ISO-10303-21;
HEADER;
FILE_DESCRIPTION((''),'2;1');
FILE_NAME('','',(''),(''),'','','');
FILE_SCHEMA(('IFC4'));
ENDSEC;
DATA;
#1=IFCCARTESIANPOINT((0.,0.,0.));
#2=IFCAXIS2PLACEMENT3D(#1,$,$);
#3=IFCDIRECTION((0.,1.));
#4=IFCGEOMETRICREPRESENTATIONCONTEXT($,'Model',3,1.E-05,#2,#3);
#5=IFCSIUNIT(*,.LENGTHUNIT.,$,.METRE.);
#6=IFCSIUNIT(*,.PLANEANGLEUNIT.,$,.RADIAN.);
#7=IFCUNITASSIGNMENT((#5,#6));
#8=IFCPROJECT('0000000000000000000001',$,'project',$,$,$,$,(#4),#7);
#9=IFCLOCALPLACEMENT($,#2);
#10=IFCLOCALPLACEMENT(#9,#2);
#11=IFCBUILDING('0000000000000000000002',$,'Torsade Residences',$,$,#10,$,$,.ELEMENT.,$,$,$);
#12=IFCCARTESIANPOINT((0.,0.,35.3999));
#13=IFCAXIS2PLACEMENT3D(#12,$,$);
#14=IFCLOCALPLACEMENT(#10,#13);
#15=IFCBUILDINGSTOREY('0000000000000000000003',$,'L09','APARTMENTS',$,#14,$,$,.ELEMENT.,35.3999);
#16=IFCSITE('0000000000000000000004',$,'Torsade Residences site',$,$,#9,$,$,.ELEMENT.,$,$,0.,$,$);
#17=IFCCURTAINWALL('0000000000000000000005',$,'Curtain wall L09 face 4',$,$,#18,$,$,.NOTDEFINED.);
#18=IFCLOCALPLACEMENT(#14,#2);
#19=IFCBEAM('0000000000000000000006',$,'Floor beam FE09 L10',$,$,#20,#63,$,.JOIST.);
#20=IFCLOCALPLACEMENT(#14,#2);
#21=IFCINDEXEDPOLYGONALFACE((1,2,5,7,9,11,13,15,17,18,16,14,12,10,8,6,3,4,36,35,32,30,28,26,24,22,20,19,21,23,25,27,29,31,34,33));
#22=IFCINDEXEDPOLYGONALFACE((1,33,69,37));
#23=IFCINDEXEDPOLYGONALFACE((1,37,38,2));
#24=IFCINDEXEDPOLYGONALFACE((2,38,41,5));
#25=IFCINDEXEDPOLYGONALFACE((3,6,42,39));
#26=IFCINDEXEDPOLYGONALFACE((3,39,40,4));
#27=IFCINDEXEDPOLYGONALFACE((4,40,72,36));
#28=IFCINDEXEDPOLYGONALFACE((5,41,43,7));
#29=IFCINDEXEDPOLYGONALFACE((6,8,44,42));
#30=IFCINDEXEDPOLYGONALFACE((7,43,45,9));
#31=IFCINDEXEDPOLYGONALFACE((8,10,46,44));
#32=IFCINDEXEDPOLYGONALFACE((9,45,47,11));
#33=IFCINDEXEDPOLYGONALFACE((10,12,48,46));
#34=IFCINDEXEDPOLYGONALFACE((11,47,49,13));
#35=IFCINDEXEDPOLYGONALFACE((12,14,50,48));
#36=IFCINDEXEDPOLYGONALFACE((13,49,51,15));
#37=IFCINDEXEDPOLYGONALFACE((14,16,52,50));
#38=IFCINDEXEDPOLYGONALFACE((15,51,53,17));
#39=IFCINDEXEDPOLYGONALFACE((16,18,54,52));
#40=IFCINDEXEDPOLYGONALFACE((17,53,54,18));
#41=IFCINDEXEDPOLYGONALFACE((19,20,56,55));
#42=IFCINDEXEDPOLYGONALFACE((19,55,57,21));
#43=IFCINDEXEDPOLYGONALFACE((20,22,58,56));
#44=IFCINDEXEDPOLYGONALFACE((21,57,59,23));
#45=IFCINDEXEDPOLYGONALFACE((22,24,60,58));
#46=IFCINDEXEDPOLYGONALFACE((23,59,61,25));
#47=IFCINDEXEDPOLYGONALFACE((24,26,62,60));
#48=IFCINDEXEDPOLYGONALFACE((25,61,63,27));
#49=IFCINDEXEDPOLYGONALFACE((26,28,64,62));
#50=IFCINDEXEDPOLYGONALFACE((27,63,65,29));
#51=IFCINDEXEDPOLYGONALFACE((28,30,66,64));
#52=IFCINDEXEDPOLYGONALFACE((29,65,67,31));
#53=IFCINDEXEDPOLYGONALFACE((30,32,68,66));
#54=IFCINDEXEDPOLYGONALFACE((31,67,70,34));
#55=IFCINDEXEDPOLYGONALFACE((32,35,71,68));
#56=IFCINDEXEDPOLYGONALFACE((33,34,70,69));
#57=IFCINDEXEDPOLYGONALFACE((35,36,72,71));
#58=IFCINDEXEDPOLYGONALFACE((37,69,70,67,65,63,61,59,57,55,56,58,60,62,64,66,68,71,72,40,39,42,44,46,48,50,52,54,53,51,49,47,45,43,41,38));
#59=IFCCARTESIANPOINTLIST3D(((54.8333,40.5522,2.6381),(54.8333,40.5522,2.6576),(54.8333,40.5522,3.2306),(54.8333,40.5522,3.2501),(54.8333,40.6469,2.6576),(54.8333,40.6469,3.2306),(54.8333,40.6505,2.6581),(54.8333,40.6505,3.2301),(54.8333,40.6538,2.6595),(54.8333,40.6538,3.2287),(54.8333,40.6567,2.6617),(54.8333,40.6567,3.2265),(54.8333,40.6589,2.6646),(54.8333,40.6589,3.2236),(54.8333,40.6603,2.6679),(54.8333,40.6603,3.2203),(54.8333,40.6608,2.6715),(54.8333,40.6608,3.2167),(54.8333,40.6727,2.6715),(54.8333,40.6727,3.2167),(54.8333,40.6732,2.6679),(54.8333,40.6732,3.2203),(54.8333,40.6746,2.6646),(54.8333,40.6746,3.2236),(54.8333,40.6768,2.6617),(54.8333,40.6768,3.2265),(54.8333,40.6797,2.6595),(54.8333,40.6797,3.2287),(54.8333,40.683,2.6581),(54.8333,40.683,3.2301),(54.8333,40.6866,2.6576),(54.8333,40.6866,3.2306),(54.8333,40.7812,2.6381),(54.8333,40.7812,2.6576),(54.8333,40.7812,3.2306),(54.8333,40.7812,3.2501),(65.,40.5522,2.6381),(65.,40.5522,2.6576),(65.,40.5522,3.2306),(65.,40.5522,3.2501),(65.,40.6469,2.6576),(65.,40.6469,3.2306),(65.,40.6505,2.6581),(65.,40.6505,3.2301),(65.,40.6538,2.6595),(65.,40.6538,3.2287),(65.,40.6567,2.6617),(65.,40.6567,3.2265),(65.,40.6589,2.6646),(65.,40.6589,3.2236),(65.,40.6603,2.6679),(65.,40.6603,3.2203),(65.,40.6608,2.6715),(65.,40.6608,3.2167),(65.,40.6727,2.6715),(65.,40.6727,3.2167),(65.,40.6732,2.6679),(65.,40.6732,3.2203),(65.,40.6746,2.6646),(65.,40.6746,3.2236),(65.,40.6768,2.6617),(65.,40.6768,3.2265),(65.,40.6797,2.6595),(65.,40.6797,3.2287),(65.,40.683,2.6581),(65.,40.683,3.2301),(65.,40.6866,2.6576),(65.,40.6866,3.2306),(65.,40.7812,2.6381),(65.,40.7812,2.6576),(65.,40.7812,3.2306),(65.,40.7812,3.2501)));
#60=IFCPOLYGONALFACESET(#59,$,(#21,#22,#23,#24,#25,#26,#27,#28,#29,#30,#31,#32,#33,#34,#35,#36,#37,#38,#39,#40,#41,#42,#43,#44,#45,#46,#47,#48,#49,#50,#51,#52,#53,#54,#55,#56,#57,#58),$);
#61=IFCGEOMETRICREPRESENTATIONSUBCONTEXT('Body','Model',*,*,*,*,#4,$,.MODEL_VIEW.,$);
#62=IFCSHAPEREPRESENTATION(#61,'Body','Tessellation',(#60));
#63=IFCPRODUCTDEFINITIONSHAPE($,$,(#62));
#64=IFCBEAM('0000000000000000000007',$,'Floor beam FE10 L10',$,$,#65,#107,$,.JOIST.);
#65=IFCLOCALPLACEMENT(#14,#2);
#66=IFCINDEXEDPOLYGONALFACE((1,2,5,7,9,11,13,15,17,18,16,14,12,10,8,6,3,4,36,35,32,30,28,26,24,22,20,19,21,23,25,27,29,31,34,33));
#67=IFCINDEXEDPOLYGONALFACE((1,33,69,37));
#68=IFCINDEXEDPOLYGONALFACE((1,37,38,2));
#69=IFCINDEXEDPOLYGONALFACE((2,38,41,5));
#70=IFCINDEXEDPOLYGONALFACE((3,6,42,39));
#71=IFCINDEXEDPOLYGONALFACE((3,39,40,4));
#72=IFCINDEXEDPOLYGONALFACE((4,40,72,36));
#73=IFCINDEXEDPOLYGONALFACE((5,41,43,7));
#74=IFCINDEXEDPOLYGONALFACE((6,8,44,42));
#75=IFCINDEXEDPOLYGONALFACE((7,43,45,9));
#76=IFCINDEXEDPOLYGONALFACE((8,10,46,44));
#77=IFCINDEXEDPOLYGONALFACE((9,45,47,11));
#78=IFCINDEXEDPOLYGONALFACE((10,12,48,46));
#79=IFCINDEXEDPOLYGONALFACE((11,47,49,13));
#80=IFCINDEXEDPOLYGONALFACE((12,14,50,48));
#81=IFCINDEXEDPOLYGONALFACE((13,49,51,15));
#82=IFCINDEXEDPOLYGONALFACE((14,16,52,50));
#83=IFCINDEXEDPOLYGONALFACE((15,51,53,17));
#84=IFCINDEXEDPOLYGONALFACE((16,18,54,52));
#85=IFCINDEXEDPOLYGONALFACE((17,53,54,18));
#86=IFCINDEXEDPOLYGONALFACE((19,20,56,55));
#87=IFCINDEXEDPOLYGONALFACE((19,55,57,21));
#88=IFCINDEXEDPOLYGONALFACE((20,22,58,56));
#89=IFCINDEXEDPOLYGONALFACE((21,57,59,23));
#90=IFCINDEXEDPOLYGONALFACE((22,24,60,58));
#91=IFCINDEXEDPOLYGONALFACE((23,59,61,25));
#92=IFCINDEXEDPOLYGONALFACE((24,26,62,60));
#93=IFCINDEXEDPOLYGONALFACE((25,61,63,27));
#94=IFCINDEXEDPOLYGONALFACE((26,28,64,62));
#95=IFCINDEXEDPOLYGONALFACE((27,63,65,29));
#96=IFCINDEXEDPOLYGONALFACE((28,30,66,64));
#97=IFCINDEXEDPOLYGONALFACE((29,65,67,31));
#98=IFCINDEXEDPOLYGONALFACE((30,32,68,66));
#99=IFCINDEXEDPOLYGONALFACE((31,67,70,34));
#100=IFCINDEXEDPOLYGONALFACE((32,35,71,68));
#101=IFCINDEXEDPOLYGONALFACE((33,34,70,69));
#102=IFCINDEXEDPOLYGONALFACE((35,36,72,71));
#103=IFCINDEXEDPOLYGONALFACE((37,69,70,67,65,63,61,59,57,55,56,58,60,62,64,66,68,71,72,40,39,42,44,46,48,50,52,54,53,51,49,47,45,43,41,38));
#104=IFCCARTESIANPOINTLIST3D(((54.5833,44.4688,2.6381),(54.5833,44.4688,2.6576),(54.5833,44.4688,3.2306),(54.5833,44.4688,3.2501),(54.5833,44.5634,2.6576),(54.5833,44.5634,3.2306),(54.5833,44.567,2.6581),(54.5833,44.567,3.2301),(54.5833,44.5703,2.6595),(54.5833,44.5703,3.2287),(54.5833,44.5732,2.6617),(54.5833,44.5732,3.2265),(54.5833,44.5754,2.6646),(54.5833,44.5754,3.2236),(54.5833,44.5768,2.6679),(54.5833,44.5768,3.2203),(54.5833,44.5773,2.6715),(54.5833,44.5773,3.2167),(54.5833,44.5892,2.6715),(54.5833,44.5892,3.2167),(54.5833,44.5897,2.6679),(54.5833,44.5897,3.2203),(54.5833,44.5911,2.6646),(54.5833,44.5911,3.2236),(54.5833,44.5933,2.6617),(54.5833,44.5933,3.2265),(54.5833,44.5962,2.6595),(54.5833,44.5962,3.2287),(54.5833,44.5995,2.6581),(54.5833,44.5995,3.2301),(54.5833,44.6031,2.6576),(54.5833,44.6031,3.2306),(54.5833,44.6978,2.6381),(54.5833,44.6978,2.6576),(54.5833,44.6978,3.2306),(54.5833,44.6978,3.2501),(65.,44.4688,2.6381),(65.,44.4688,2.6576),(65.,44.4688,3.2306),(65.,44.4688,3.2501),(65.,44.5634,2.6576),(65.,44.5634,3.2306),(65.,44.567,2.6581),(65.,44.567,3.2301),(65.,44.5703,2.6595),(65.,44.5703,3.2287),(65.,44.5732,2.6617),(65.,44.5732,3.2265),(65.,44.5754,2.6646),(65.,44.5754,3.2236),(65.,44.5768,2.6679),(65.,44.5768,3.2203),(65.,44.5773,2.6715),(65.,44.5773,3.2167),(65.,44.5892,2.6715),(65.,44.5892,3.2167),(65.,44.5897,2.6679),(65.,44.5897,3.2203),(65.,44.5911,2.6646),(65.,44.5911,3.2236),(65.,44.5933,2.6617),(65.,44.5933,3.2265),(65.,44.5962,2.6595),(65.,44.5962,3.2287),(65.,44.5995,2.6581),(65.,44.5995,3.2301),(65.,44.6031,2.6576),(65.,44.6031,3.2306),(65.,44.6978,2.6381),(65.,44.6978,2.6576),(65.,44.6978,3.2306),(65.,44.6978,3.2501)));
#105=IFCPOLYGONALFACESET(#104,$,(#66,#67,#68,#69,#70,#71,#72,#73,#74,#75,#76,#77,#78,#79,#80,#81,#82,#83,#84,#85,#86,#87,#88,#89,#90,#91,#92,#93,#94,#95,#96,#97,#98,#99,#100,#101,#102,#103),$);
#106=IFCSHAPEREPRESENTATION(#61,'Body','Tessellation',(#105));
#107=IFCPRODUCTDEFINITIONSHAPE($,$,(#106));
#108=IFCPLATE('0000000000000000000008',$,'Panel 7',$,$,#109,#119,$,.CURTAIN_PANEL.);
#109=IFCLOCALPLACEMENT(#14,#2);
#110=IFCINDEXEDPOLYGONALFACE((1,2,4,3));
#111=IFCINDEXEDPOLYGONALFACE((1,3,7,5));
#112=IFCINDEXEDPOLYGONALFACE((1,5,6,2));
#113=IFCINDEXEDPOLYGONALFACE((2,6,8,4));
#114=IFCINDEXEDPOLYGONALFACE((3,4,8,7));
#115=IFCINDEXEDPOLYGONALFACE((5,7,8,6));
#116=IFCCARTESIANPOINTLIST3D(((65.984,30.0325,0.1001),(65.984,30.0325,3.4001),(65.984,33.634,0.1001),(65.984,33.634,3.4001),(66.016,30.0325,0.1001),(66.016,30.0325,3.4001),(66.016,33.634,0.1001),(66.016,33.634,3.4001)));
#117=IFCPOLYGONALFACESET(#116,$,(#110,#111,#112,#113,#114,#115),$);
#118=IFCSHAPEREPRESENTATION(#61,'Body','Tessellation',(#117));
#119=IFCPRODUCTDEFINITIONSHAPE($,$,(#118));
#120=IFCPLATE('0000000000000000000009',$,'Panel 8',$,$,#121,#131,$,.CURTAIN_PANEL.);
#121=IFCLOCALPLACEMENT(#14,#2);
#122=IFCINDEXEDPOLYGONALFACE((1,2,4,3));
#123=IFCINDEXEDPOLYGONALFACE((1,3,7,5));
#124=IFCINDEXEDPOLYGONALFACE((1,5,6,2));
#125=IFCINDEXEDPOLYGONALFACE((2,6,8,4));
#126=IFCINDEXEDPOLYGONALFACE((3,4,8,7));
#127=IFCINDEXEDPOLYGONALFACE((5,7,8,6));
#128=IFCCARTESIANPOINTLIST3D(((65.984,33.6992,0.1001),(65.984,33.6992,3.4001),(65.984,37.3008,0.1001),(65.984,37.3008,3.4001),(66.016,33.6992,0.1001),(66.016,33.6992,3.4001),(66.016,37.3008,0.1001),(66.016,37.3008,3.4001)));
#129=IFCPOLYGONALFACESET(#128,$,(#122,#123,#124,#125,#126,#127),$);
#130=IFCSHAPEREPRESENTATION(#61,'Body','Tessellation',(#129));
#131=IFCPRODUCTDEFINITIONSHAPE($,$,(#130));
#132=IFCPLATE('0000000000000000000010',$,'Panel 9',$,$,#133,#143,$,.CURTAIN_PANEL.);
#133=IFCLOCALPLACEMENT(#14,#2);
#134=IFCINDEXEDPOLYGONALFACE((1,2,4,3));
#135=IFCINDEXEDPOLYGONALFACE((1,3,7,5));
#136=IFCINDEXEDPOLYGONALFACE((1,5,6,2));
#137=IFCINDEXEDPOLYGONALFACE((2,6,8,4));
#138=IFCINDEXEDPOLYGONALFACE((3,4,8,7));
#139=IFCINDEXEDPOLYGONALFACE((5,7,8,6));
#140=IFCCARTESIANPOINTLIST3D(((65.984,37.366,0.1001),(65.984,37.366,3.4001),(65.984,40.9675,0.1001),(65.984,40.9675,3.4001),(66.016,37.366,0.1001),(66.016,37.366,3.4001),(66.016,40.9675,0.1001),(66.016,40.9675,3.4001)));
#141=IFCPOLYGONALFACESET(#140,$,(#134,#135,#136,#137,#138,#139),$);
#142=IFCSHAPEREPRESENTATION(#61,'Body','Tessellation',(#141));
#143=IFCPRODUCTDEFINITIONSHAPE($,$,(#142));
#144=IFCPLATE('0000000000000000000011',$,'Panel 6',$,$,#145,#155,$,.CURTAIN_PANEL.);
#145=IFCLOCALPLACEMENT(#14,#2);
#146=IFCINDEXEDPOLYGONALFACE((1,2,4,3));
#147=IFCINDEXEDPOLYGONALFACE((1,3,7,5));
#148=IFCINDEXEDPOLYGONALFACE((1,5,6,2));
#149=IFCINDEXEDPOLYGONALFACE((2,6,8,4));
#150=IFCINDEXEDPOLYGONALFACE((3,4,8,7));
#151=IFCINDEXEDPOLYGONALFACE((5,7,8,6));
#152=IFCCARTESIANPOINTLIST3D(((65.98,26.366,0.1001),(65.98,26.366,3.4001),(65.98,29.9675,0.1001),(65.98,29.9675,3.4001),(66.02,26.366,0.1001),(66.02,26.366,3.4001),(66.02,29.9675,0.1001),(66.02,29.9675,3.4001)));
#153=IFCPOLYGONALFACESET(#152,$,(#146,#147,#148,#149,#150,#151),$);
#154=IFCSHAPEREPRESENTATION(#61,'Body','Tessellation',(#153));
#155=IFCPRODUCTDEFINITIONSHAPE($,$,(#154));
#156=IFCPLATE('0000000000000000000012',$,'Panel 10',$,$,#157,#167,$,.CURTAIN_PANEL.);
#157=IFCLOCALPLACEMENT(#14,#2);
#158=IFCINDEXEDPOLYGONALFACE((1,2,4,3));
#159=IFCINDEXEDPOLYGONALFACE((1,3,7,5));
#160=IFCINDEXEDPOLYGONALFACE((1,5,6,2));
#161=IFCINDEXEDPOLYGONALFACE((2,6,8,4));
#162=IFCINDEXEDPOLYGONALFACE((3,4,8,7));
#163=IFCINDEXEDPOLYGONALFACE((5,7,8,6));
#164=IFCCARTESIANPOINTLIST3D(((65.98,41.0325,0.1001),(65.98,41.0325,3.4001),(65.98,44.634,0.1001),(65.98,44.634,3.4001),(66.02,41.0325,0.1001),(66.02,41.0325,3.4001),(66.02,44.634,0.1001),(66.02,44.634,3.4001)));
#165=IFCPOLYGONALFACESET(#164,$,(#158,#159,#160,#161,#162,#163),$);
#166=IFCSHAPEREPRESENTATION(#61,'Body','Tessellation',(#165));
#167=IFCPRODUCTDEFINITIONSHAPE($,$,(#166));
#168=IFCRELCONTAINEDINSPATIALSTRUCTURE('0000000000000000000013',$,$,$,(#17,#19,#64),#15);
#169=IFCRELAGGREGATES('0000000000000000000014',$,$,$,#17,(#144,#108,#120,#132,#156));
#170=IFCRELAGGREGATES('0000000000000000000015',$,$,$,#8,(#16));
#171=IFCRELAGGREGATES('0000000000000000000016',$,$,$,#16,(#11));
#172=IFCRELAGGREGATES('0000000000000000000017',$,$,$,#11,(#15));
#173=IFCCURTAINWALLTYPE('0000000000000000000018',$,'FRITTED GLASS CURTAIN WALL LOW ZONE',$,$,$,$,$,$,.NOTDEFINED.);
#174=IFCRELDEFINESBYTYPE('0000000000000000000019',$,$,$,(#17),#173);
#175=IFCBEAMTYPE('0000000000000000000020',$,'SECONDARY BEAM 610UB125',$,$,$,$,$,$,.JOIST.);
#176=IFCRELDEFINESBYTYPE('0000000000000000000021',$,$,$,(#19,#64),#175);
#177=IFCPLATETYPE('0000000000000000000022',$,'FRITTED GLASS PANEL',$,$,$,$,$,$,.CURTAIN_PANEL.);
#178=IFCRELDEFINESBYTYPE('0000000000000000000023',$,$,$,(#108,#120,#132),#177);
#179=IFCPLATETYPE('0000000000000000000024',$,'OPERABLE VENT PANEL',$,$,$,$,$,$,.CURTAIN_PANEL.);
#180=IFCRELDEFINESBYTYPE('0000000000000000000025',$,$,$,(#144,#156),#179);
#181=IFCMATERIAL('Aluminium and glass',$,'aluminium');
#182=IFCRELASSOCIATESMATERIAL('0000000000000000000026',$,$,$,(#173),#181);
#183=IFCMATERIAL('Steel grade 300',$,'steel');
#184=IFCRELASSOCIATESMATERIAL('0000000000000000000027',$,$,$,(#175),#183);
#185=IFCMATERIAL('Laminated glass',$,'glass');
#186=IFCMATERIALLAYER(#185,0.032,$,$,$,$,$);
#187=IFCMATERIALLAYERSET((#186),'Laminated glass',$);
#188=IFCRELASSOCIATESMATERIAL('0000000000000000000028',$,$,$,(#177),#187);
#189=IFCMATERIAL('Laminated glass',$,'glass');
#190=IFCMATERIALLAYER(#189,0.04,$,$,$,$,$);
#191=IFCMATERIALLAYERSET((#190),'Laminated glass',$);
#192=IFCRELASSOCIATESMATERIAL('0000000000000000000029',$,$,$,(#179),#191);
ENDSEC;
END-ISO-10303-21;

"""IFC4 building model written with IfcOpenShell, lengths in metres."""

from ifc_helpers import new_model, si_unit, direction, frame, origin, origin_2d, place, context, subcontext, project, spatial, rectangle, i_section, extrude, material, layer, layer_set, material_profile, profile_set, type_object, element, aggregate, save


model = new_model("IFC4")

# Units and contexts
model_context = context("Model", 3, precision=1e-05, world=origin(), true_north=direction((0.0, 1.0)))
body_context = subcontext(model_context, "Body", "Model", "MODEL_VIEW")
ifc_project = project(units=[si_unit("LENGTHUNIT", "METRE"), si_unit("PLANEANGLEUNIT", "RADIAN")], contexts=[model_context])

# Site, building, storey
site_placement = place(None, origin())
site = spatial("IfcSite", under=ifc_project, at=site_placement, Name="Torsade Residences site", CompositionType="ELEMENT", RefElevation=0.0)
building_placement = place(site_placement, origin())
building = spatial("IfcBuilding", under=site, at=building_placement, Name="Torsade Residences", CompositionType="ELEMENT")
storey_placement = place(building_placement, frame((0.0, 0.0, 35.3999)))
storey = spatial("IfcBuildingStorey", under=building, at=storey_placement, Name="L09", Description="APARTMENTS", CompositionType="ELEMENT", Elevation=35.3999)

# Curtain wall
ifc_material_1 = material(Name="Aluminium and glass", Category="aluminium")
curtain_wall_type = type_object("IfcCurtainWallType", Name="FRITTED GLASS CURTAIN WALL LOW ZONE", PredefinedType="NOTDEFINED", material=ifc_material_1)
curtain_wall_placement = place(storey_placement, origin())
curtain_wall = element("IfcCurtainWall", 1, at=curtain_wall_placement, inside=storey, type_object=curtain_wall_type, Name="Curtain wall L09 face 4", PredefinedType="NOTDEFINED")

# Beams
ifc_material_2 = material(Name="Steel grade 300", Category="steel")
ifc_material_profile_1 = material_profile(ifc_material_2, i_section(OverallWidth=0.229, OverallDepth=0.6121, WebThickness=0.012, FlangeThickness=0.0195, FilletRadius=0.0139, at=origin_2d()), Name="610UB125")
ifc_profile_set_1 = profile_set([ifc_material_profile_1], Name="Steel grade 300")
beam_type_1 = type_object("IfcBeamType", Name="SECONDARY BEAM 610UB125", PredefinedType="JOIST", material=ifc_profile_set_1)
beam_1_placement = place(storey_placement, frame((65.0, 40.6667, 2.9441), z_axis=(-1.0, 0.0, 0.0), x_axis=(0.0, -1.0, 0.0)))
element("IfcBeam", 2, at=beam_1_placement, inside=storey, type_object=beam_type_1, Name="Floor beam FE09 L10", PredefinedType="JOIST", context=body_context, shape_type="SweptSolid", body=[
    extrude(i_section(OverallWidth=0.229, OverallDepth=0.6121, WebThickness=0.012, FlangeThickness=0.0195, FilletRadius=0.0139, at=origin_2d()), origin(), (0.0, 0.0, 1.0), 10.1667),
])
beam_2_placement = place(storey_placement, frame((65.0, 44.5833, 2.9441), z_axis=(-1.0, 0.0, 0.0), x_axis=(0.0, -1.0, 0.0)))
element("IfcBeam", 3, at=beam_2_placement, inside=storey, type_object=beam_type_1, Name="Floor beam FE10 L10", PredefinedType="JOIST", context=body_context, shape_type="SweptSolid", body=[
    extrude(i_section(OverallWidth=0.229, OverallDepth=0.6121, WebThickness=0.012, FlangeThickness=0.0195, FilletRadius=0.0139, at=origin_2d()), origin(), (0.0, 0.0, 1.0), 10.4167),
])

# Plates
ifc_material_3 = material(Name="Laminated glass", Category="glass")
ifc_layer_1 = layer(ifc_material_3, 0.032)
ifc_layer_set_1 = layer_set([ifc_layer_1], Name="Laminated glass")
plate_type_1 = type_object("IfcPlateType", Name="FRITTED GLASS PANEL", PredefinedType="CURTAIN_PANEL", material=ifc_layer_set_1)
plate_1_placement = place(storey_placement, frame((66.0, 31.8333, 0.1001), z_axis=(0.0, 0.0, 1.0), x_axis=(0.0, 1.0, 0.0)))
plate_1 = element("IfcPlate", 4, at=plate_1_placement, type_object=plate_type_1, Name="Panel 7", PredefinedType="CURTAIN_PANEL", context=body_context, shape_type="SweptSolid", body=[
    extrude(rectangle(XDim=3.6016, YDim=0.032, at=origin_2d()), origin(), (0.0, 0.0, 1.0), 3.3),
])
plate_2_placement = place(storey_placement, frame((66.0, 35.5, 0.1001), z_axis=(0.0, 0.0, 1.0), x_axis=(0.0, 1.0, 0.0)))
plate_2 = element("IfcPlate", 5, at=plate_2_placement, type_object=plate_type_1, Name="Panel 8", PredefinedType="CURTAIN_PANEL", context=body_context, shape_type="SweptSolid", body=[
    extrude(rectangle(XDim=3.6016, YDim=0.032, at=origin_2d()), origin(), (0.0, 0.0, 1.0), 3.3),
])
plate_3_placement = place(storey_placement, frame((66.0, 39.1667, 0.1001), z_axis=(0.0, 0.0, 1.0), x_axis=(0.0, 1.0, 0.0)))
plate_3 = element("IfcPlate", 6, at=plate_3_placement, type_object=plate_type_1, Name="Panel 9", PredefinedType="CURTAIN_PANEL", context=body_context, shape_type="SweptSolid", body=[
    extrude(rectangle(XDim=3.6016, YDim=0.032, at=origin_2d()), origin(), (0.0, 0.0, 1.0), 3.3),
])
ifc_material_4 = material(Name="Laminated glass", Category="glass")
ifc_layer_2 = layer(ifc_material_4, 0.04)
ifc_layer_set_2 = layer_set([ifc_layer_2], Name="Laminated glass")
plate_type_2 = type_object("IfcPlateType", Name="OPERABLE VENT PANEL", PredefinedType="CURTAIN_PANEL", material=ifc_layer_set_2)
plate_4_placement = place(storey_placement, frame((66.0, 28.1667, 0.1001), z_axis=(0.0, 0.0, 1.0), x_axis=(0.0, 1.0, 0.0)))
plate_4 = element("IfcPlate", 7, at=plate_4_placement, type_object=plate_type_2, Name="Panel 6", PredefinedType="CURTAIN_PANEL", context=body_context, shape_type="SweptSolid", body=[
    extrude(rectangle(XDim=3.6016, YDim=0.04, at=origin_2d()), origin(), (0.0, 0.0, 1.0), 3.3),
])
plate_5_placement = place(storey_placement, frame((66.0, 42.8333, 0.1001), z_axis=(0.0, 0.0, 1.0), x_axis=(0.0, 1.0, 0.0)))
plate_5 = element("IfcPlate", 8, at=plate_5_placement, type_object=plate_type_2, Name="Panel 10", PredefinedType="CURTAIN_PANEL", context=body_context, shape_type="SweptSolid", body=[
    extrude(rectangle(XDim=3.6016, YDim=0.04, at=origin_2d()), origin(), (0.0, 0.0, 1.0), 3.3),
])
aggregate(curtain_wall, [plate_4, plate_1, plate_2, plate_3, plate_5])

save(model, "model.ifc")
